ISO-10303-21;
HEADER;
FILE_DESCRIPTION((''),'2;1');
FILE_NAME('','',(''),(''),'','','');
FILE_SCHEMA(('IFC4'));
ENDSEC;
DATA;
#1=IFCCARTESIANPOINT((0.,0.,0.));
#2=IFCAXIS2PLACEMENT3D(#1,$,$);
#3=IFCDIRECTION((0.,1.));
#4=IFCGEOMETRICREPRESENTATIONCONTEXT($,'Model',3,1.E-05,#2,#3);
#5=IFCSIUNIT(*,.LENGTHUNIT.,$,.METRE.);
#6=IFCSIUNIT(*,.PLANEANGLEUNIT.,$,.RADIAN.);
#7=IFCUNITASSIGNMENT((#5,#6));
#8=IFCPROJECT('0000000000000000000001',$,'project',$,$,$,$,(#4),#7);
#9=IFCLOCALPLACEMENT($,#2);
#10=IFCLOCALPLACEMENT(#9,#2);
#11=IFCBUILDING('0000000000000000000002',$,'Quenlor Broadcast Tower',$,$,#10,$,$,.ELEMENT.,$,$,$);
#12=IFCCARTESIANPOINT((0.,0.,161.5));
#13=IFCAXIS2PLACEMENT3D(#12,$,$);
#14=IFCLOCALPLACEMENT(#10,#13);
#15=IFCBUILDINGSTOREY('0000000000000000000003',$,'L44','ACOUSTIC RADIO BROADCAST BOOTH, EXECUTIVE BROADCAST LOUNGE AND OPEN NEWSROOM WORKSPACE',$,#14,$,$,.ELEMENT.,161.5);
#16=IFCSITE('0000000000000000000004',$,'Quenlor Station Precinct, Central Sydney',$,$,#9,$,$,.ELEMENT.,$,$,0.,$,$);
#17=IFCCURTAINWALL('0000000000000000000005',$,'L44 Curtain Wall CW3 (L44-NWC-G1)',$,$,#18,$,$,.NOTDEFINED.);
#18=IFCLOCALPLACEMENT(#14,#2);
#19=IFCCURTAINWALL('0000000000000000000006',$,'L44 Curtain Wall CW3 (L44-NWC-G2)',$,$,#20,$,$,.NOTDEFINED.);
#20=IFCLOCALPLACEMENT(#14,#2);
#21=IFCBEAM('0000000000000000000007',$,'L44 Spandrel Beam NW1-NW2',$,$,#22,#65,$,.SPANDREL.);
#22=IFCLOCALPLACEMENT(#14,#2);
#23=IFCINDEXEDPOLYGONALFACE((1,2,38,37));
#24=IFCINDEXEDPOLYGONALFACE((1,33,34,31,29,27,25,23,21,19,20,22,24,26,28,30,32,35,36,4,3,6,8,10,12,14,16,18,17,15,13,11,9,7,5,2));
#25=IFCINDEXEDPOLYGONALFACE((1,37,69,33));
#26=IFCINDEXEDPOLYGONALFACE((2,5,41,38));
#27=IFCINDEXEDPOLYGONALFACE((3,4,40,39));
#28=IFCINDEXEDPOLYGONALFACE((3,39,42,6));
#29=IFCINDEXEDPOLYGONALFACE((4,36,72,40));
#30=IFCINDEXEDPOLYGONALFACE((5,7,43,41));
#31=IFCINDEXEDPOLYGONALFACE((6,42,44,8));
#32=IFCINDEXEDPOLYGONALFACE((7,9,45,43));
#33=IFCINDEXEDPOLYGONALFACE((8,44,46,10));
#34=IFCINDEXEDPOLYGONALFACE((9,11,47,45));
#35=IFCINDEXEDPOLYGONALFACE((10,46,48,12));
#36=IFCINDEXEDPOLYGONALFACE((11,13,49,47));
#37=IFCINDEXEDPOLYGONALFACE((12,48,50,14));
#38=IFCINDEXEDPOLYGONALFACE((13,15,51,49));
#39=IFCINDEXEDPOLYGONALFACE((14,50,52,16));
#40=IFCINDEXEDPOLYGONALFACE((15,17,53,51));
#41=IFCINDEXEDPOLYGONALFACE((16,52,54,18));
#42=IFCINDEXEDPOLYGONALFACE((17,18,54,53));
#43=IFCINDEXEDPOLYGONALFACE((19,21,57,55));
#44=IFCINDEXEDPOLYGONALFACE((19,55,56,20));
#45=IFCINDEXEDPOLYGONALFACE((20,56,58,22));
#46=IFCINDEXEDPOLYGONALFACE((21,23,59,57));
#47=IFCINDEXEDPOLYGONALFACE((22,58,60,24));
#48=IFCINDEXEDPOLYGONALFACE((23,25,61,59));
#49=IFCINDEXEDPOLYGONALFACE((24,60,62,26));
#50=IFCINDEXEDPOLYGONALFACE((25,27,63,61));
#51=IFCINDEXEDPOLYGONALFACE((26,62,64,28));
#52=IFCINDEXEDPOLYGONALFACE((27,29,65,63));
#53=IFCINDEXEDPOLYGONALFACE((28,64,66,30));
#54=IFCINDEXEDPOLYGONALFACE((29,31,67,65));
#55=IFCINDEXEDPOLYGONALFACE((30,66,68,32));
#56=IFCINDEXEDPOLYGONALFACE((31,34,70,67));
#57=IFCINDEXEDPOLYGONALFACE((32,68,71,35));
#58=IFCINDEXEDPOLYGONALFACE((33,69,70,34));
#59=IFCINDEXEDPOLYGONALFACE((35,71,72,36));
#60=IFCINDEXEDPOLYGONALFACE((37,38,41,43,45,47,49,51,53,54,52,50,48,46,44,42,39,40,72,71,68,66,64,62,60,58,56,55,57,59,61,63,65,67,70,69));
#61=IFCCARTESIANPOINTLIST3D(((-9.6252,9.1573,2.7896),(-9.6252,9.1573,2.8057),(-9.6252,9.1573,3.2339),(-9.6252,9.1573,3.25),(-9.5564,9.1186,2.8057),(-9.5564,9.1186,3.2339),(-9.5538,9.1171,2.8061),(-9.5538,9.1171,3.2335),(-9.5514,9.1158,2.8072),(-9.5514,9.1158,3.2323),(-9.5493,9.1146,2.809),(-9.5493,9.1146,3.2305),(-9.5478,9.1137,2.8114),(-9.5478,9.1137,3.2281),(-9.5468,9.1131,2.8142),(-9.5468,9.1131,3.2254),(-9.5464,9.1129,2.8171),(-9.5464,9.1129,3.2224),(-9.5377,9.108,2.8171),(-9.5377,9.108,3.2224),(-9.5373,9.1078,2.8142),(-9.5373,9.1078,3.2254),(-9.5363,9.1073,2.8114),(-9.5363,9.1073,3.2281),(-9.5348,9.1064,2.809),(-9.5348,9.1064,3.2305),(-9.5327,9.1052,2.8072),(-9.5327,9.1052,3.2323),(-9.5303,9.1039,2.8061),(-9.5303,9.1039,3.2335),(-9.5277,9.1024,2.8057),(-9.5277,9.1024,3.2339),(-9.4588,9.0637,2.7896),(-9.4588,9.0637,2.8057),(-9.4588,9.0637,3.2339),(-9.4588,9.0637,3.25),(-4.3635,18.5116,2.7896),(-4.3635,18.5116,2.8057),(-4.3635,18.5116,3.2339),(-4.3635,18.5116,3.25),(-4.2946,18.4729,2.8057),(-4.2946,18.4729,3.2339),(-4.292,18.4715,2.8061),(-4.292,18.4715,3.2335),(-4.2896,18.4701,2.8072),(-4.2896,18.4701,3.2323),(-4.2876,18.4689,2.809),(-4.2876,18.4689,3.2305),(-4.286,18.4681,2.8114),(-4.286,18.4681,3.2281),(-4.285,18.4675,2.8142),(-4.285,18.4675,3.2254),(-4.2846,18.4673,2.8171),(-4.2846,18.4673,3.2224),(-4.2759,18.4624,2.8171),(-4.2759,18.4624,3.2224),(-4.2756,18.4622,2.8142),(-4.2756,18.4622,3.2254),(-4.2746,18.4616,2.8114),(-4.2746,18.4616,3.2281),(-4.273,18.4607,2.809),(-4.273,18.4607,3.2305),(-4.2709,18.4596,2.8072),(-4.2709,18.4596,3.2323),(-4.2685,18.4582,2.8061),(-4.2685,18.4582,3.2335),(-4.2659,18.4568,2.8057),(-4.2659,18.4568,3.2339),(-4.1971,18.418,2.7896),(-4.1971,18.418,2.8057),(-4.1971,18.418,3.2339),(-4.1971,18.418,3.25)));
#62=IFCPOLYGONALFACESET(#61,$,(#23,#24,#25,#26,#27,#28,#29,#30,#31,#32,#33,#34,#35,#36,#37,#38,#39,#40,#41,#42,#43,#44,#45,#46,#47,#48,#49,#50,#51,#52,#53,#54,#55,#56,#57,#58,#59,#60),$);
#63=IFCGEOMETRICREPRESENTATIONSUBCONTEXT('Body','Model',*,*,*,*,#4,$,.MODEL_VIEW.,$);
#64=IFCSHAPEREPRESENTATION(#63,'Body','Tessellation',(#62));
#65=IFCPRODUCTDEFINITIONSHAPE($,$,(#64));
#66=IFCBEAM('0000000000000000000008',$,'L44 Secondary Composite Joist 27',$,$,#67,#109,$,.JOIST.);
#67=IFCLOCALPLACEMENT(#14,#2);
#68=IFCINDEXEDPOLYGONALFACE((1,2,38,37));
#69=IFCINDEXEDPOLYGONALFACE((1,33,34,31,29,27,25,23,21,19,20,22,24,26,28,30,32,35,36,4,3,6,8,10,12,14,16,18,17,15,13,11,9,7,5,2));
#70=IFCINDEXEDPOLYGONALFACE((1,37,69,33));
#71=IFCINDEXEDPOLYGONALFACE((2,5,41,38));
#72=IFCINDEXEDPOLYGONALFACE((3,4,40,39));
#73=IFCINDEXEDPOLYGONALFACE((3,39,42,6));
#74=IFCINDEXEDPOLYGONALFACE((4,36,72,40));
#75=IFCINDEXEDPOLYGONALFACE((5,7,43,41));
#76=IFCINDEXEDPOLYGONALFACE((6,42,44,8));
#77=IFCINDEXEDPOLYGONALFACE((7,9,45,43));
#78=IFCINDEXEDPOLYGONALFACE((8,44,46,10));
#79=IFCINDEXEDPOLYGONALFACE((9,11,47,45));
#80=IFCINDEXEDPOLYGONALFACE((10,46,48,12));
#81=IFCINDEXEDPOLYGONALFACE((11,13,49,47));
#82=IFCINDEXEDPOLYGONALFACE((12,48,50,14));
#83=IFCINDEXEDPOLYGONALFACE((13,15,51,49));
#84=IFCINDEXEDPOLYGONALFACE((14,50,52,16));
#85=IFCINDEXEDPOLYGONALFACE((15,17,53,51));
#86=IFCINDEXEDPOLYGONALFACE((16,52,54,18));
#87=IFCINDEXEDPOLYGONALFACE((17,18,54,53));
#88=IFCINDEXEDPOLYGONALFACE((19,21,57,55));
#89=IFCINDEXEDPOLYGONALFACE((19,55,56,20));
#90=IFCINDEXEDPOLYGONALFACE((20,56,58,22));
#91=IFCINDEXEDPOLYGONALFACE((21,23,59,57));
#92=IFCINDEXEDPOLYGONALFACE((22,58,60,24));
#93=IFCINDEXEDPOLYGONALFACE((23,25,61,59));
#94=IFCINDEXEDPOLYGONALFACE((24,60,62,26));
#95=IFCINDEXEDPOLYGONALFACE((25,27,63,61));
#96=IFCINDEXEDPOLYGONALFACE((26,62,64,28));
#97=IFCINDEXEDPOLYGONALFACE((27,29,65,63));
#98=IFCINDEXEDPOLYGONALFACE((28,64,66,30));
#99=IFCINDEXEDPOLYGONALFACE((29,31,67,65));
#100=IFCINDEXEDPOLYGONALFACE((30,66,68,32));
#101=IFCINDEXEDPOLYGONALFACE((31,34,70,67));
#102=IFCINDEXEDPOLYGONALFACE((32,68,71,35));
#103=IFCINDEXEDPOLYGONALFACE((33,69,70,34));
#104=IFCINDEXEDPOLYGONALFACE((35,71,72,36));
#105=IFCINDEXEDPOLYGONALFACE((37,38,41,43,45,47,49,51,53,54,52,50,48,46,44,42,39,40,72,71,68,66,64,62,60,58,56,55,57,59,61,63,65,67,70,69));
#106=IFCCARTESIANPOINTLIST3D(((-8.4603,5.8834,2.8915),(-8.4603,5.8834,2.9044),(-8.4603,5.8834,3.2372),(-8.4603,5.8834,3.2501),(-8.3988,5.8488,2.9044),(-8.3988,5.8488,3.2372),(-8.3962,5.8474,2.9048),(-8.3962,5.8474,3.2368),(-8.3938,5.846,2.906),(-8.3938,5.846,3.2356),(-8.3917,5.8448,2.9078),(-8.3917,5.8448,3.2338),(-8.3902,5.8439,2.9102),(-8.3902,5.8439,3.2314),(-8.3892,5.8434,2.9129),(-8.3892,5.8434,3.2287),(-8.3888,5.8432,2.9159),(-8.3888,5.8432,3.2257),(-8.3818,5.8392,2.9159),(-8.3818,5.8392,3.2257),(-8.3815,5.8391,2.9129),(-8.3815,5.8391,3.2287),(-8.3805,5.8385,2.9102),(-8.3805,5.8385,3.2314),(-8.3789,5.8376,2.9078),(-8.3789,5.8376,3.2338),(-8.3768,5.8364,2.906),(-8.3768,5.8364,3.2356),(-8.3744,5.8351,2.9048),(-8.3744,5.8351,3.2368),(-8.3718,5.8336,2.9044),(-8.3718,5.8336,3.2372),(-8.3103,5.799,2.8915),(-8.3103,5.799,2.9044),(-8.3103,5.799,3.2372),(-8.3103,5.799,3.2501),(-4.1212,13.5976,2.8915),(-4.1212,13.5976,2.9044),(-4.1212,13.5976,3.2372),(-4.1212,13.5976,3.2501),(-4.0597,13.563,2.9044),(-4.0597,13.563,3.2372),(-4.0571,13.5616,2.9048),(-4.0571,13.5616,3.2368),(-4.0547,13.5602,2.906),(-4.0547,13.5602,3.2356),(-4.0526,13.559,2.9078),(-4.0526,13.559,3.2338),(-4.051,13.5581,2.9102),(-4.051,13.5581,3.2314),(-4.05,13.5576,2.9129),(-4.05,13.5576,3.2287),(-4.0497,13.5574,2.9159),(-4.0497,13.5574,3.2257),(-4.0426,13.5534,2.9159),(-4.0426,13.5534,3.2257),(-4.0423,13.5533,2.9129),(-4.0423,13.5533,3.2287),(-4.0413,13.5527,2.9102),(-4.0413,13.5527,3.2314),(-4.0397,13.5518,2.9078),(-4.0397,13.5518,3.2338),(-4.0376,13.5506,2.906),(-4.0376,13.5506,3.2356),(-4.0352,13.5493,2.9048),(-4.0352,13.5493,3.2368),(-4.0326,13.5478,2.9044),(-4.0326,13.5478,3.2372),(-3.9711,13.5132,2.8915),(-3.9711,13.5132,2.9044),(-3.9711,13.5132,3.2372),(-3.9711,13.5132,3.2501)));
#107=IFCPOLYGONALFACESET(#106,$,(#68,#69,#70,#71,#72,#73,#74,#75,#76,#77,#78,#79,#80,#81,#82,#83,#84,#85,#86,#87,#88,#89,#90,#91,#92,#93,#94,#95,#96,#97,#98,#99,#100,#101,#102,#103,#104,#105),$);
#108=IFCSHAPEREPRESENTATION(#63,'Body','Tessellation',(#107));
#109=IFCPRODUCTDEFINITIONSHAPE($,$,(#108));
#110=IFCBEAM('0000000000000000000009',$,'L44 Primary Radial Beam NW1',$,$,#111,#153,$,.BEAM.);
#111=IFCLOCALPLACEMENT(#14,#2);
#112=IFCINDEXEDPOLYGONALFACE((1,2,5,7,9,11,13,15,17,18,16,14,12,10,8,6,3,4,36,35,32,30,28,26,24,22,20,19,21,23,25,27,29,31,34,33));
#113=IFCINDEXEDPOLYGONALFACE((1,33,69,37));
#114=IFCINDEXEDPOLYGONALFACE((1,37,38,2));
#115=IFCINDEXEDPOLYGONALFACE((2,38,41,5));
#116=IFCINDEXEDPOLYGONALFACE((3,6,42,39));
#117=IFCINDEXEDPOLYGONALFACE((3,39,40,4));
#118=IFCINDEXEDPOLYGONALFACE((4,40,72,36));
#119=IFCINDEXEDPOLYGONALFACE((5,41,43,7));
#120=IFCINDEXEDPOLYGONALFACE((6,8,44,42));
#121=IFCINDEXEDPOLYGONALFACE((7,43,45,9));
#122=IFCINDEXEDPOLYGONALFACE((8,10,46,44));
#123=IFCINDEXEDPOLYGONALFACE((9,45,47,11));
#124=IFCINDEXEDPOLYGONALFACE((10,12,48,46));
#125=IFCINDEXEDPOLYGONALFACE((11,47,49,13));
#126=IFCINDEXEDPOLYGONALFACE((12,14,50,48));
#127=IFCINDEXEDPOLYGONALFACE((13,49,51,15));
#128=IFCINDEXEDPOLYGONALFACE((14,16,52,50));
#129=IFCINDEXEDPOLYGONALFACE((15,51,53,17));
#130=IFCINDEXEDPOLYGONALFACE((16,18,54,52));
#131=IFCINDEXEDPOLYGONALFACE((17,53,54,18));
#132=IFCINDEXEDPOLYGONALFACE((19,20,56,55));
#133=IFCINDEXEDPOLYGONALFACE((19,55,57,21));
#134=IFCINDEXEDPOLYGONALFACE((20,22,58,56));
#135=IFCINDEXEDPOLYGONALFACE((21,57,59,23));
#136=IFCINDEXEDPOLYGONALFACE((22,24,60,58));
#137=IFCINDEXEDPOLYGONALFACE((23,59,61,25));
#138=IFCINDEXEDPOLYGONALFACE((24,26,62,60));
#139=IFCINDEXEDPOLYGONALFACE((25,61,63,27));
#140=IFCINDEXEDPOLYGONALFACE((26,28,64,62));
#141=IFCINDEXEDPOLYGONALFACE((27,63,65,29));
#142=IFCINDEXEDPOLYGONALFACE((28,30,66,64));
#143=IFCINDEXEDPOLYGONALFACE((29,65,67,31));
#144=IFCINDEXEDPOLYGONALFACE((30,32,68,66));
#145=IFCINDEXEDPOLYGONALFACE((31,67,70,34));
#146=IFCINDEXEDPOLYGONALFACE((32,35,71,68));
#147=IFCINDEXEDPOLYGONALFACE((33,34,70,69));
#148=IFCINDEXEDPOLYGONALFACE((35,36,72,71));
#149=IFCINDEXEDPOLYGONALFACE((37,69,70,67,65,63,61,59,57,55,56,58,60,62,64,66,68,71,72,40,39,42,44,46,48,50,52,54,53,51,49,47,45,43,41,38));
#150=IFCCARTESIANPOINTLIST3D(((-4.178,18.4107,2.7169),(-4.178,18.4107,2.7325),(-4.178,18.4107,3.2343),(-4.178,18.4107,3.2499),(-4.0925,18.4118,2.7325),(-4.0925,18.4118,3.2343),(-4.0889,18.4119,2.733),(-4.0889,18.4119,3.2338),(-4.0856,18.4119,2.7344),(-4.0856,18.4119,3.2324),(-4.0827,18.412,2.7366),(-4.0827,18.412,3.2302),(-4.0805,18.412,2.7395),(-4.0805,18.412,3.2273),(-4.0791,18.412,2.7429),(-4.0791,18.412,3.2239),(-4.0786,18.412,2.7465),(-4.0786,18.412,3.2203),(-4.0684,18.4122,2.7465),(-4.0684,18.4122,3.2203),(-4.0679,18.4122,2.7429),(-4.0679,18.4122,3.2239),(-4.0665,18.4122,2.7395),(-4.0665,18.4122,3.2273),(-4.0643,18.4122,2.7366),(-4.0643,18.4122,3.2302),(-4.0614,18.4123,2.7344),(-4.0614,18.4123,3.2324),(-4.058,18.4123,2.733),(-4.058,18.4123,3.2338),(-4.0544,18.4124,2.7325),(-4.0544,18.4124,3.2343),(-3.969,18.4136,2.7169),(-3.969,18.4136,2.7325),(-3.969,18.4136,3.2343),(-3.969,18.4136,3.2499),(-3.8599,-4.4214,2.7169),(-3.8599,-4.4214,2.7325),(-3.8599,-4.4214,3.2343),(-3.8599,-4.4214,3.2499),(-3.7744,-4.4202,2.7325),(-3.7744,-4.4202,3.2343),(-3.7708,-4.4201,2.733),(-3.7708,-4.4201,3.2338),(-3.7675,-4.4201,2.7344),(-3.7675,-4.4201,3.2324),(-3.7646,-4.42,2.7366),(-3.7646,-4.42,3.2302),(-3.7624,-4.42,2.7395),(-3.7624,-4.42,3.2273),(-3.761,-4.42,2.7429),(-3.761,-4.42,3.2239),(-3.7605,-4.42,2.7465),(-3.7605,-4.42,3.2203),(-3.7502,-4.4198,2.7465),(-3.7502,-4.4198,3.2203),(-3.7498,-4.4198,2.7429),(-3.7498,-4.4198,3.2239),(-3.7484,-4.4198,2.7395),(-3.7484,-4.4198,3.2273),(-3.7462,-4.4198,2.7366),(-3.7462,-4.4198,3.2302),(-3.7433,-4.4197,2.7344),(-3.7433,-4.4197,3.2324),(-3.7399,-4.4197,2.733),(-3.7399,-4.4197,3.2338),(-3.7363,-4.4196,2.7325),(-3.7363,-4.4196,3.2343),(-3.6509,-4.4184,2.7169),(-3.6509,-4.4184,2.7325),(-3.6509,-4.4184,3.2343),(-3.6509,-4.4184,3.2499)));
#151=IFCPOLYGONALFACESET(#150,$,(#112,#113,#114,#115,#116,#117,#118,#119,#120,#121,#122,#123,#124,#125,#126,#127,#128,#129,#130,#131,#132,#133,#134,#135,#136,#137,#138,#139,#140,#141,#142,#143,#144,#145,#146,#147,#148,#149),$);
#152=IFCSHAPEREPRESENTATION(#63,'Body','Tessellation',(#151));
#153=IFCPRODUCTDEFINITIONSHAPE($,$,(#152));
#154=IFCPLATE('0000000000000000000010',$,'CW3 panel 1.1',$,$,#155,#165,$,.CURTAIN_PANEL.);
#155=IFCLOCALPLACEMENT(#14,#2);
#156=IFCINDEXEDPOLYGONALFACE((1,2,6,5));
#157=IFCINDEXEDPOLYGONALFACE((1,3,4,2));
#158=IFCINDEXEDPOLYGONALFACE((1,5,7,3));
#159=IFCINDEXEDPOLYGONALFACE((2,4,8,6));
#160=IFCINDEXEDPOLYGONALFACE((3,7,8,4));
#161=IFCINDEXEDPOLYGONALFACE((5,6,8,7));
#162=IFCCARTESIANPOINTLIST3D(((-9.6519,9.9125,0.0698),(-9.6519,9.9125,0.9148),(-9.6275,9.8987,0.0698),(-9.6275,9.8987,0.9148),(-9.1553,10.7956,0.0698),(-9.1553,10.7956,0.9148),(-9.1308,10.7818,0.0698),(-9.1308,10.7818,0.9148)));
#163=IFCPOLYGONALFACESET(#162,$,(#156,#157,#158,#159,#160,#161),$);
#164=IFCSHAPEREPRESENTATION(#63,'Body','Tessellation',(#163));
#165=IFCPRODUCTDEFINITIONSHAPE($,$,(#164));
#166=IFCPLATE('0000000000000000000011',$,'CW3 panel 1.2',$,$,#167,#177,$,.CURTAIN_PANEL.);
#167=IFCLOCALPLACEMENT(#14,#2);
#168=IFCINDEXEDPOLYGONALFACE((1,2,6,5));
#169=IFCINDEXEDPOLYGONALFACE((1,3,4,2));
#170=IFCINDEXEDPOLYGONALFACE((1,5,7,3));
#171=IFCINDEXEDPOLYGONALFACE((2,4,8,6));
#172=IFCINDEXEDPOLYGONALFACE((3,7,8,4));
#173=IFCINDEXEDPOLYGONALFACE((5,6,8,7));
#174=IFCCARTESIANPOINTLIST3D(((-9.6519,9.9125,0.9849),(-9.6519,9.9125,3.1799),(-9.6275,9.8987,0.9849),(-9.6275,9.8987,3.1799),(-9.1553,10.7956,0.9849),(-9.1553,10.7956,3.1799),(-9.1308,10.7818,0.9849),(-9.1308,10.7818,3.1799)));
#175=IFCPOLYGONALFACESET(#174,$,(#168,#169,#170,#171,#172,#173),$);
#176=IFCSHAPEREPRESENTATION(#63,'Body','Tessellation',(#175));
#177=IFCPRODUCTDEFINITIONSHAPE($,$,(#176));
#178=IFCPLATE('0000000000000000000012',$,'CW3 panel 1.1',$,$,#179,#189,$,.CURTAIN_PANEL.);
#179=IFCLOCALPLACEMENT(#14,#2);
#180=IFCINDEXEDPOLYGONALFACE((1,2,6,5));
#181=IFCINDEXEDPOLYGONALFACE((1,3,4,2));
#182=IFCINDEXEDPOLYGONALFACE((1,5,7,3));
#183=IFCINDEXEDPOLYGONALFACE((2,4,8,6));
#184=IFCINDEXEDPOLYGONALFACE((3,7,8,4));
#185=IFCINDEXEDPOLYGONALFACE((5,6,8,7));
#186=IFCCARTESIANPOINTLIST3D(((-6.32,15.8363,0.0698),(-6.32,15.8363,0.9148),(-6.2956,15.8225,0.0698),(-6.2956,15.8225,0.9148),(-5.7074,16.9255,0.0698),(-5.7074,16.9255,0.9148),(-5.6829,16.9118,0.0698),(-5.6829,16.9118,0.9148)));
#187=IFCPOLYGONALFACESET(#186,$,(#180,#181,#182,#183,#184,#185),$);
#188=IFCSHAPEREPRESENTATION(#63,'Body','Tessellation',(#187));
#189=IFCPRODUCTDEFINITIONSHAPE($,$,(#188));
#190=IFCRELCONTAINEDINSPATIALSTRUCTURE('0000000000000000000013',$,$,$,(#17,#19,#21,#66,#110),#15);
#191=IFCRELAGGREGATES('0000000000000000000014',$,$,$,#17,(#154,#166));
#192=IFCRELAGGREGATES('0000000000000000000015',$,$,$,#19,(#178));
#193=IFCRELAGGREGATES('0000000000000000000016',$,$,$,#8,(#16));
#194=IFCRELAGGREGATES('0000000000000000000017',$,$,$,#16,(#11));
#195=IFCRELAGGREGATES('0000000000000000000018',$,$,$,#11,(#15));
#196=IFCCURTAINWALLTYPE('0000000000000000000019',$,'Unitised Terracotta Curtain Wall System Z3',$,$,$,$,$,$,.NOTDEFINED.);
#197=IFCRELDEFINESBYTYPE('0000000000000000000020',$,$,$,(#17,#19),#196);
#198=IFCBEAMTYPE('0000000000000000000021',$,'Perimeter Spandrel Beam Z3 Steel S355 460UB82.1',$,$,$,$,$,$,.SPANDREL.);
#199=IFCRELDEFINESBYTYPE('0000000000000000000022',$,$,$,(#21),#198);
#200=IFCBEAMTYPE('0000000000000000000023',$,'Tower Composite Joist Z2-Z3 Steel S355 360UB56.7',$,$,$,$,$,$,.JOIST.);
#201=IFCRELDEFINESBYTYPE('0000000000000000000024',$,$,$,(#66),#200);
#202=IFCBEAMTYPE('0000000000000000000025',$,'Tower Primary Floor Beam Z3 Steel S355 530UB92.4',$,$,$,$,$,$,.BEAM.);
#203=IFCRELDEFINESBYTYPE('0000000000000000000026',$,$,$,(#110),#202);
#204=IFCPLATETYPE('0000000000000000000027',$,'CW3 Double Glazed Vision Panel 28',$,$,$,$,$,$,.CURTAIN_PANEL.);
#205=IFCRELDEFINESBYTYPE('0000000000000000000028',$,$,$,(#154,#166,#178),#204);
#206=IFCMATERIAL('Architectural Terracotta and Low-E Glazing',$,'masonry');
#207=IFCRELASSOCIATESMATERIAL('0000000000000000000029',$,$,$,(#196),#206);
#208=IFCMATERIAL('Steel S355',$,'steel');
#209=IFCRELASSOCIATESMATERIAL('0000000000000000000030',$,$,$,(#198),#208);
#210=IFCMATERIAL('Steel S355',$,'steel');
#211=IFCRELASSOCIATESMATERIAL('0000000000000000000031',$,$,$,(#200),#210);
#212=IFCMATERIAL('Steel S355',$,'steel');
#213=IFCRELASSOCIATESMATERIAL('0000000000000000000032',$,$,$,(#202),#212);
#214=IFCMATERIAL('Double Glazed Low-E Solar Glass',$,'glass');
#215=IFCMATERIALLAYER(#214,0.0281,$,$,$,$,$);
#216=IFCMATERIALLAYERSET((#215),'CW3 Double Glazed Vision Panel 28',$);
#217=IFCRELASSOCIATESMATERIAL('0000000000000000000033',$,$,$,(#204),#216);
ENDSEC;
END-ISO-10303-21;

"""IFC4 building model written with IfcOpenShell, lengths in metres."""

from ifc_helpers import new_model, si_unit, direction, frame, origin, origin_2d, place, context, subcontext, project, spatial, rectangle, i_section, extrude, material, layer, layer_set, material_profile, profile_set, type_object, element, aggregate, save


model = new_model("IFC4")

# Units and contexts
model_context = context("Model", 3, precision=1e-05, world=origin(), true_north=direction((0.0, 1.0)))
body_context = subcontext(model_context, "Body", "Model", "MODEL_VIEW")
ifc_project = project(units=[si_unit("LENGTHUNIT", "METRE"), si_unit("PLANEANGLEUNIT", "RADIAN")], contexts=[model_context])

# Site, building, storey
site_placement = place(None, origin())
site = spatial("IfcSite", under=ifc_project, at=site_placement, Name="Quenlor Station Precinct, Central Sydney", CompositionType="ELEMENT", RefElevation=0.0)
building_placement = place(site_placement, origin())
building = spatial("IfcBuilding", under=site, at=building_placement, Name="Quenlor Broadcast Tower", CompositionType="ELEMENT")
storey_placement = place(building_placement, frame((0.0, 0.0, 161.5)))
storey = spatial("IfcBuildingStorey", under=building, at=storey_placement, Name="L44", Description="ACOUSTIC RADIO BROADCAST BOOTH, EXECUTIVE BROADCAST LOUNGE AND OPEN NEWSROOM WORKSPACE", CompositionType="ELEMENT", Elevation=161.5)

# Curtain wall
ifc_material_1 = material(Name="Architectural Terracotta and Low-E Glazing", Category="masonry")
curtain_wall_type = type_object("IfcCurtainWallType", Name="Unitised Terracotta Curtain Wall System Z3", PredefinedType="NOTDEFINED", material=ifc_material_1)
curtain_wall_1_placement = place(storey_placement, origin())
curtain_wall_1 = element("IfcCurtainWall", 1, at=curtain_wall_1_placement, inside=storey, type_object=curtain_wall_type, Name="L44 Curtain Wall CW3 (L44-NWC-G1)", PredefinedType="NOTDEFINED")

# Curtain wall
curtain_wall_2_placement = place(storey_placement, origin())
curtain_wall_2 = element("IfcCurtainWall", 2, at=curtain_wall_2_placement, inside=storey, type_object=curtain_wall_type, Name="L44 Curtain Wall CW3 (L44-NWC-G2)", PredefinedType="NOTDEFINED")

# Beams
ifc_material_2 = material(Name="Steel S355", Category="steel")
ifc_material_profile_1 = material_profile(ifc_material_2, i_section(OverallWidth=0.1909, OverallDepth=0.4604, WebThickness=0.01, FlangeThickness=0.0161, FilletRadius=0.0115, at=origin_2d()))
ifc_profile_set_1 = profile_set([ifc_material_profile_1], Name="Steel S355 460UB82.1")
beam_type_1 = type_object("IfcBeamType", Name="Perimeter Spandrel Beam Z3 Steel S355 460UB82.1", PredefinedType="SPANDREL", material=ifc_profile_set_1)
beam_1_placement = place(storey_placement, frame((-4.2803, 18.4648, 3.0198), z_axis=(-0.490258, -0.871577, 0.0), x_axis=(0.871577, -0.490258, 0.0)))
element("IfcBeam", 3, at=beam_1_placement, inside=storey, type_object=beam_type_1, Name="L44 Spandrel Beam NW1-NW2", PredefinedType="SPANDREL", context=body_context, shape_type="SweptSolid", body=[
    extrude(i_section(OverallWidth=0.1909, OverallDepth=0.4604, WebThickness=0.01, FlangeThickness=0.0161, FilletRadius=0.0115, at=origin_2d()), origin(), (0.0, 0.0, 1.0), 10.7327),
])
ifc_material_3 = material(Name="Steel S355", Category="steel")
ifc_material_profile_2 = material_profile(ifc_material_3, i_section(OverallWidth=0.1721, OverallDepth=0.3586, WebThickness=0.0081, FlangeThickness=0.0129, FilletRadius=0.0115, at=origin_2d()))
ifc_profile_set_2 = profile_set([ifc_material_profile_2], Name="Steel S355 360UB56.7")
beam_type_2 = type_object("IfcBeamType", Name="Tower Composite Joist Z2-Z3 Steel S355 360UB56.7", PredefinedType="JOIST", material=ifc_profile_set_2)
beam_2_placement = place(storey_placement, frame((-4.0461, 13.5554, 3.0708), z_axis=(-0.490255, -0.871579, 0.0), x_axis=(0.871579, -0.490255, 0.0)))
element("IfcBeam", 4, at=beam_2_placement, inside=storey, type_object=beam_type_2, Name="L44 Secondary Composite Joist 27", PredefinedType="JOIST", context=body_context, shape_type="SweptSolid", body=[
    extrude(i_section(OverallWidth=0.1721, OverallDepth=0.3586, WebThickness=0.0081, FlangeThickness=0.0129, FilletRadius=0.0115, at=origin_2d()), origin(), (0.0, 0.0, 1.0), 8.8508),
])
ifc_material_4 = material(Name="Steel S355", Category="steel")
ifc_material_profile_3 = material_profile(ifc_material_4, i_section(OverallWidth=0.209, OverallDepth=0.533, WebThickness=0.0103, FlangeThickness=0.0156, FilletRadius=0.0139, at=origin_2d()))
ifc_profile_set_3 = profile_set([ifc_material_profile_3], Name="Steel S355 530UB92.4")
beam_type_3 = type_object("IfcBeamType", Name="Tower Primary Floor Beam Z3 Steel S355 530UB92.4", PredefinedType="BEAM", material=ifc_profile_set_3)
beam_3_placement = place(storey_placement, frame((-4.0735, 18.4121, 2.9834), z_axis=(0.013931, -0.999903, 0.0), x_axis=(0.999903, 0.013931, 0.0)))
element("IfcBeam", 5, at=beam_3_placement, inside=storey, type_object=beam_type_3, Name="L44 Primary Radial Beam NW1", PredefinedType="BEAM", context=body_context, shape_type="SweptSolid", body=[
    extrude(i_section(OverallWidth=0.209, OverallDepth=0.533, WebThickness=0.0103, FlangeThickness=0.0156, FilletRadius=0.0139, at=origin_2d()), origin(), (0.0, 0.0, 1.0), 22.8342),
])

# Plates
ifc_material_5 = material(Name="Double Glazed Low-E Solar Glass", Category="glass")
ifc_layer_1 = layer(ifc_material_5, 0.0281)
ifc_layer_set_1 = layer_set([ifc_layer_1], Name="CW3 Double Glazed Vision Panel 28")
plate_type_1 = type_object("IfcPlateType", Name="CW3 Double Glazed Vision Panel 28", PredefinedType="CURTAIN_PANEL", material=ifc_layer_set_1)
plate_1_placement = place(storey_placement, frame((-9.3914, 10.3472, 0.0698), z_axis=(0.0, 0.0, 1.0), x_axis=(0.490216, 0.871601, 0.0)))
plate_1 = element("IfcPlate", 6, at=plate_1_placement, type_object=plate_type_1, Name="CW3 panel 1.1", PredefinedType="CURTAIN_PANEL", context=body_context, shape_type="SweptSolid", body=[
    extrude(rectangle(XDim=1.0132, YDim=0.0281, at=origin_2d()), origin(), (0.0, 0.0, 1.0), 0.845),
])
plate_2_placement = place(storey_placement, frame((-9.3914, 10.3472, 0.9849), z_axis=(0.0, 0.0, 1.0), x_axis=(0.490216, 0.871601, 0.0)))
plate_2 = element("IfcPlate", 7, at=plate_2_placement, type_object=plate_type_1, Name="CW3 panel 1.2", PredefinedType="CURTAIN_PANEL", context=body_context, shape_type="SweptSolid", body=[
    extrude(rectangle(XDim=1.0132, YDim=0.0281, at=origin_2d()), origin(), (0.0, 0.0, 1.0), 2.1951),
])
aggregate(curtain_wall_1, [plate_1, plate_2])
plate_3_placement = place(storey_placement, frame((-6.0015, 16.374, 0.0698), z_axis=(0.0, 0.0, 1.0), x_axis=(0.49023, 0.871593, 0.0)))
plate_3 = element("IfcPlate", 8, at=plate_3_placement, type_object=plate_type_1, Name="CW3 panel 1.1", PredefinedType="CURTAIN_PANEL", context=body_context, shape_type="SweptSolid", body=[
    extrude(rectangle(XDim=1.2498, YDim=0.0281, at=origin_2d()), origin(), (0.0, 0.0, 1.0), 0.845),
])
aggregate(curtain_wall_2, [plate_3])

save(model, "model.ifc")
